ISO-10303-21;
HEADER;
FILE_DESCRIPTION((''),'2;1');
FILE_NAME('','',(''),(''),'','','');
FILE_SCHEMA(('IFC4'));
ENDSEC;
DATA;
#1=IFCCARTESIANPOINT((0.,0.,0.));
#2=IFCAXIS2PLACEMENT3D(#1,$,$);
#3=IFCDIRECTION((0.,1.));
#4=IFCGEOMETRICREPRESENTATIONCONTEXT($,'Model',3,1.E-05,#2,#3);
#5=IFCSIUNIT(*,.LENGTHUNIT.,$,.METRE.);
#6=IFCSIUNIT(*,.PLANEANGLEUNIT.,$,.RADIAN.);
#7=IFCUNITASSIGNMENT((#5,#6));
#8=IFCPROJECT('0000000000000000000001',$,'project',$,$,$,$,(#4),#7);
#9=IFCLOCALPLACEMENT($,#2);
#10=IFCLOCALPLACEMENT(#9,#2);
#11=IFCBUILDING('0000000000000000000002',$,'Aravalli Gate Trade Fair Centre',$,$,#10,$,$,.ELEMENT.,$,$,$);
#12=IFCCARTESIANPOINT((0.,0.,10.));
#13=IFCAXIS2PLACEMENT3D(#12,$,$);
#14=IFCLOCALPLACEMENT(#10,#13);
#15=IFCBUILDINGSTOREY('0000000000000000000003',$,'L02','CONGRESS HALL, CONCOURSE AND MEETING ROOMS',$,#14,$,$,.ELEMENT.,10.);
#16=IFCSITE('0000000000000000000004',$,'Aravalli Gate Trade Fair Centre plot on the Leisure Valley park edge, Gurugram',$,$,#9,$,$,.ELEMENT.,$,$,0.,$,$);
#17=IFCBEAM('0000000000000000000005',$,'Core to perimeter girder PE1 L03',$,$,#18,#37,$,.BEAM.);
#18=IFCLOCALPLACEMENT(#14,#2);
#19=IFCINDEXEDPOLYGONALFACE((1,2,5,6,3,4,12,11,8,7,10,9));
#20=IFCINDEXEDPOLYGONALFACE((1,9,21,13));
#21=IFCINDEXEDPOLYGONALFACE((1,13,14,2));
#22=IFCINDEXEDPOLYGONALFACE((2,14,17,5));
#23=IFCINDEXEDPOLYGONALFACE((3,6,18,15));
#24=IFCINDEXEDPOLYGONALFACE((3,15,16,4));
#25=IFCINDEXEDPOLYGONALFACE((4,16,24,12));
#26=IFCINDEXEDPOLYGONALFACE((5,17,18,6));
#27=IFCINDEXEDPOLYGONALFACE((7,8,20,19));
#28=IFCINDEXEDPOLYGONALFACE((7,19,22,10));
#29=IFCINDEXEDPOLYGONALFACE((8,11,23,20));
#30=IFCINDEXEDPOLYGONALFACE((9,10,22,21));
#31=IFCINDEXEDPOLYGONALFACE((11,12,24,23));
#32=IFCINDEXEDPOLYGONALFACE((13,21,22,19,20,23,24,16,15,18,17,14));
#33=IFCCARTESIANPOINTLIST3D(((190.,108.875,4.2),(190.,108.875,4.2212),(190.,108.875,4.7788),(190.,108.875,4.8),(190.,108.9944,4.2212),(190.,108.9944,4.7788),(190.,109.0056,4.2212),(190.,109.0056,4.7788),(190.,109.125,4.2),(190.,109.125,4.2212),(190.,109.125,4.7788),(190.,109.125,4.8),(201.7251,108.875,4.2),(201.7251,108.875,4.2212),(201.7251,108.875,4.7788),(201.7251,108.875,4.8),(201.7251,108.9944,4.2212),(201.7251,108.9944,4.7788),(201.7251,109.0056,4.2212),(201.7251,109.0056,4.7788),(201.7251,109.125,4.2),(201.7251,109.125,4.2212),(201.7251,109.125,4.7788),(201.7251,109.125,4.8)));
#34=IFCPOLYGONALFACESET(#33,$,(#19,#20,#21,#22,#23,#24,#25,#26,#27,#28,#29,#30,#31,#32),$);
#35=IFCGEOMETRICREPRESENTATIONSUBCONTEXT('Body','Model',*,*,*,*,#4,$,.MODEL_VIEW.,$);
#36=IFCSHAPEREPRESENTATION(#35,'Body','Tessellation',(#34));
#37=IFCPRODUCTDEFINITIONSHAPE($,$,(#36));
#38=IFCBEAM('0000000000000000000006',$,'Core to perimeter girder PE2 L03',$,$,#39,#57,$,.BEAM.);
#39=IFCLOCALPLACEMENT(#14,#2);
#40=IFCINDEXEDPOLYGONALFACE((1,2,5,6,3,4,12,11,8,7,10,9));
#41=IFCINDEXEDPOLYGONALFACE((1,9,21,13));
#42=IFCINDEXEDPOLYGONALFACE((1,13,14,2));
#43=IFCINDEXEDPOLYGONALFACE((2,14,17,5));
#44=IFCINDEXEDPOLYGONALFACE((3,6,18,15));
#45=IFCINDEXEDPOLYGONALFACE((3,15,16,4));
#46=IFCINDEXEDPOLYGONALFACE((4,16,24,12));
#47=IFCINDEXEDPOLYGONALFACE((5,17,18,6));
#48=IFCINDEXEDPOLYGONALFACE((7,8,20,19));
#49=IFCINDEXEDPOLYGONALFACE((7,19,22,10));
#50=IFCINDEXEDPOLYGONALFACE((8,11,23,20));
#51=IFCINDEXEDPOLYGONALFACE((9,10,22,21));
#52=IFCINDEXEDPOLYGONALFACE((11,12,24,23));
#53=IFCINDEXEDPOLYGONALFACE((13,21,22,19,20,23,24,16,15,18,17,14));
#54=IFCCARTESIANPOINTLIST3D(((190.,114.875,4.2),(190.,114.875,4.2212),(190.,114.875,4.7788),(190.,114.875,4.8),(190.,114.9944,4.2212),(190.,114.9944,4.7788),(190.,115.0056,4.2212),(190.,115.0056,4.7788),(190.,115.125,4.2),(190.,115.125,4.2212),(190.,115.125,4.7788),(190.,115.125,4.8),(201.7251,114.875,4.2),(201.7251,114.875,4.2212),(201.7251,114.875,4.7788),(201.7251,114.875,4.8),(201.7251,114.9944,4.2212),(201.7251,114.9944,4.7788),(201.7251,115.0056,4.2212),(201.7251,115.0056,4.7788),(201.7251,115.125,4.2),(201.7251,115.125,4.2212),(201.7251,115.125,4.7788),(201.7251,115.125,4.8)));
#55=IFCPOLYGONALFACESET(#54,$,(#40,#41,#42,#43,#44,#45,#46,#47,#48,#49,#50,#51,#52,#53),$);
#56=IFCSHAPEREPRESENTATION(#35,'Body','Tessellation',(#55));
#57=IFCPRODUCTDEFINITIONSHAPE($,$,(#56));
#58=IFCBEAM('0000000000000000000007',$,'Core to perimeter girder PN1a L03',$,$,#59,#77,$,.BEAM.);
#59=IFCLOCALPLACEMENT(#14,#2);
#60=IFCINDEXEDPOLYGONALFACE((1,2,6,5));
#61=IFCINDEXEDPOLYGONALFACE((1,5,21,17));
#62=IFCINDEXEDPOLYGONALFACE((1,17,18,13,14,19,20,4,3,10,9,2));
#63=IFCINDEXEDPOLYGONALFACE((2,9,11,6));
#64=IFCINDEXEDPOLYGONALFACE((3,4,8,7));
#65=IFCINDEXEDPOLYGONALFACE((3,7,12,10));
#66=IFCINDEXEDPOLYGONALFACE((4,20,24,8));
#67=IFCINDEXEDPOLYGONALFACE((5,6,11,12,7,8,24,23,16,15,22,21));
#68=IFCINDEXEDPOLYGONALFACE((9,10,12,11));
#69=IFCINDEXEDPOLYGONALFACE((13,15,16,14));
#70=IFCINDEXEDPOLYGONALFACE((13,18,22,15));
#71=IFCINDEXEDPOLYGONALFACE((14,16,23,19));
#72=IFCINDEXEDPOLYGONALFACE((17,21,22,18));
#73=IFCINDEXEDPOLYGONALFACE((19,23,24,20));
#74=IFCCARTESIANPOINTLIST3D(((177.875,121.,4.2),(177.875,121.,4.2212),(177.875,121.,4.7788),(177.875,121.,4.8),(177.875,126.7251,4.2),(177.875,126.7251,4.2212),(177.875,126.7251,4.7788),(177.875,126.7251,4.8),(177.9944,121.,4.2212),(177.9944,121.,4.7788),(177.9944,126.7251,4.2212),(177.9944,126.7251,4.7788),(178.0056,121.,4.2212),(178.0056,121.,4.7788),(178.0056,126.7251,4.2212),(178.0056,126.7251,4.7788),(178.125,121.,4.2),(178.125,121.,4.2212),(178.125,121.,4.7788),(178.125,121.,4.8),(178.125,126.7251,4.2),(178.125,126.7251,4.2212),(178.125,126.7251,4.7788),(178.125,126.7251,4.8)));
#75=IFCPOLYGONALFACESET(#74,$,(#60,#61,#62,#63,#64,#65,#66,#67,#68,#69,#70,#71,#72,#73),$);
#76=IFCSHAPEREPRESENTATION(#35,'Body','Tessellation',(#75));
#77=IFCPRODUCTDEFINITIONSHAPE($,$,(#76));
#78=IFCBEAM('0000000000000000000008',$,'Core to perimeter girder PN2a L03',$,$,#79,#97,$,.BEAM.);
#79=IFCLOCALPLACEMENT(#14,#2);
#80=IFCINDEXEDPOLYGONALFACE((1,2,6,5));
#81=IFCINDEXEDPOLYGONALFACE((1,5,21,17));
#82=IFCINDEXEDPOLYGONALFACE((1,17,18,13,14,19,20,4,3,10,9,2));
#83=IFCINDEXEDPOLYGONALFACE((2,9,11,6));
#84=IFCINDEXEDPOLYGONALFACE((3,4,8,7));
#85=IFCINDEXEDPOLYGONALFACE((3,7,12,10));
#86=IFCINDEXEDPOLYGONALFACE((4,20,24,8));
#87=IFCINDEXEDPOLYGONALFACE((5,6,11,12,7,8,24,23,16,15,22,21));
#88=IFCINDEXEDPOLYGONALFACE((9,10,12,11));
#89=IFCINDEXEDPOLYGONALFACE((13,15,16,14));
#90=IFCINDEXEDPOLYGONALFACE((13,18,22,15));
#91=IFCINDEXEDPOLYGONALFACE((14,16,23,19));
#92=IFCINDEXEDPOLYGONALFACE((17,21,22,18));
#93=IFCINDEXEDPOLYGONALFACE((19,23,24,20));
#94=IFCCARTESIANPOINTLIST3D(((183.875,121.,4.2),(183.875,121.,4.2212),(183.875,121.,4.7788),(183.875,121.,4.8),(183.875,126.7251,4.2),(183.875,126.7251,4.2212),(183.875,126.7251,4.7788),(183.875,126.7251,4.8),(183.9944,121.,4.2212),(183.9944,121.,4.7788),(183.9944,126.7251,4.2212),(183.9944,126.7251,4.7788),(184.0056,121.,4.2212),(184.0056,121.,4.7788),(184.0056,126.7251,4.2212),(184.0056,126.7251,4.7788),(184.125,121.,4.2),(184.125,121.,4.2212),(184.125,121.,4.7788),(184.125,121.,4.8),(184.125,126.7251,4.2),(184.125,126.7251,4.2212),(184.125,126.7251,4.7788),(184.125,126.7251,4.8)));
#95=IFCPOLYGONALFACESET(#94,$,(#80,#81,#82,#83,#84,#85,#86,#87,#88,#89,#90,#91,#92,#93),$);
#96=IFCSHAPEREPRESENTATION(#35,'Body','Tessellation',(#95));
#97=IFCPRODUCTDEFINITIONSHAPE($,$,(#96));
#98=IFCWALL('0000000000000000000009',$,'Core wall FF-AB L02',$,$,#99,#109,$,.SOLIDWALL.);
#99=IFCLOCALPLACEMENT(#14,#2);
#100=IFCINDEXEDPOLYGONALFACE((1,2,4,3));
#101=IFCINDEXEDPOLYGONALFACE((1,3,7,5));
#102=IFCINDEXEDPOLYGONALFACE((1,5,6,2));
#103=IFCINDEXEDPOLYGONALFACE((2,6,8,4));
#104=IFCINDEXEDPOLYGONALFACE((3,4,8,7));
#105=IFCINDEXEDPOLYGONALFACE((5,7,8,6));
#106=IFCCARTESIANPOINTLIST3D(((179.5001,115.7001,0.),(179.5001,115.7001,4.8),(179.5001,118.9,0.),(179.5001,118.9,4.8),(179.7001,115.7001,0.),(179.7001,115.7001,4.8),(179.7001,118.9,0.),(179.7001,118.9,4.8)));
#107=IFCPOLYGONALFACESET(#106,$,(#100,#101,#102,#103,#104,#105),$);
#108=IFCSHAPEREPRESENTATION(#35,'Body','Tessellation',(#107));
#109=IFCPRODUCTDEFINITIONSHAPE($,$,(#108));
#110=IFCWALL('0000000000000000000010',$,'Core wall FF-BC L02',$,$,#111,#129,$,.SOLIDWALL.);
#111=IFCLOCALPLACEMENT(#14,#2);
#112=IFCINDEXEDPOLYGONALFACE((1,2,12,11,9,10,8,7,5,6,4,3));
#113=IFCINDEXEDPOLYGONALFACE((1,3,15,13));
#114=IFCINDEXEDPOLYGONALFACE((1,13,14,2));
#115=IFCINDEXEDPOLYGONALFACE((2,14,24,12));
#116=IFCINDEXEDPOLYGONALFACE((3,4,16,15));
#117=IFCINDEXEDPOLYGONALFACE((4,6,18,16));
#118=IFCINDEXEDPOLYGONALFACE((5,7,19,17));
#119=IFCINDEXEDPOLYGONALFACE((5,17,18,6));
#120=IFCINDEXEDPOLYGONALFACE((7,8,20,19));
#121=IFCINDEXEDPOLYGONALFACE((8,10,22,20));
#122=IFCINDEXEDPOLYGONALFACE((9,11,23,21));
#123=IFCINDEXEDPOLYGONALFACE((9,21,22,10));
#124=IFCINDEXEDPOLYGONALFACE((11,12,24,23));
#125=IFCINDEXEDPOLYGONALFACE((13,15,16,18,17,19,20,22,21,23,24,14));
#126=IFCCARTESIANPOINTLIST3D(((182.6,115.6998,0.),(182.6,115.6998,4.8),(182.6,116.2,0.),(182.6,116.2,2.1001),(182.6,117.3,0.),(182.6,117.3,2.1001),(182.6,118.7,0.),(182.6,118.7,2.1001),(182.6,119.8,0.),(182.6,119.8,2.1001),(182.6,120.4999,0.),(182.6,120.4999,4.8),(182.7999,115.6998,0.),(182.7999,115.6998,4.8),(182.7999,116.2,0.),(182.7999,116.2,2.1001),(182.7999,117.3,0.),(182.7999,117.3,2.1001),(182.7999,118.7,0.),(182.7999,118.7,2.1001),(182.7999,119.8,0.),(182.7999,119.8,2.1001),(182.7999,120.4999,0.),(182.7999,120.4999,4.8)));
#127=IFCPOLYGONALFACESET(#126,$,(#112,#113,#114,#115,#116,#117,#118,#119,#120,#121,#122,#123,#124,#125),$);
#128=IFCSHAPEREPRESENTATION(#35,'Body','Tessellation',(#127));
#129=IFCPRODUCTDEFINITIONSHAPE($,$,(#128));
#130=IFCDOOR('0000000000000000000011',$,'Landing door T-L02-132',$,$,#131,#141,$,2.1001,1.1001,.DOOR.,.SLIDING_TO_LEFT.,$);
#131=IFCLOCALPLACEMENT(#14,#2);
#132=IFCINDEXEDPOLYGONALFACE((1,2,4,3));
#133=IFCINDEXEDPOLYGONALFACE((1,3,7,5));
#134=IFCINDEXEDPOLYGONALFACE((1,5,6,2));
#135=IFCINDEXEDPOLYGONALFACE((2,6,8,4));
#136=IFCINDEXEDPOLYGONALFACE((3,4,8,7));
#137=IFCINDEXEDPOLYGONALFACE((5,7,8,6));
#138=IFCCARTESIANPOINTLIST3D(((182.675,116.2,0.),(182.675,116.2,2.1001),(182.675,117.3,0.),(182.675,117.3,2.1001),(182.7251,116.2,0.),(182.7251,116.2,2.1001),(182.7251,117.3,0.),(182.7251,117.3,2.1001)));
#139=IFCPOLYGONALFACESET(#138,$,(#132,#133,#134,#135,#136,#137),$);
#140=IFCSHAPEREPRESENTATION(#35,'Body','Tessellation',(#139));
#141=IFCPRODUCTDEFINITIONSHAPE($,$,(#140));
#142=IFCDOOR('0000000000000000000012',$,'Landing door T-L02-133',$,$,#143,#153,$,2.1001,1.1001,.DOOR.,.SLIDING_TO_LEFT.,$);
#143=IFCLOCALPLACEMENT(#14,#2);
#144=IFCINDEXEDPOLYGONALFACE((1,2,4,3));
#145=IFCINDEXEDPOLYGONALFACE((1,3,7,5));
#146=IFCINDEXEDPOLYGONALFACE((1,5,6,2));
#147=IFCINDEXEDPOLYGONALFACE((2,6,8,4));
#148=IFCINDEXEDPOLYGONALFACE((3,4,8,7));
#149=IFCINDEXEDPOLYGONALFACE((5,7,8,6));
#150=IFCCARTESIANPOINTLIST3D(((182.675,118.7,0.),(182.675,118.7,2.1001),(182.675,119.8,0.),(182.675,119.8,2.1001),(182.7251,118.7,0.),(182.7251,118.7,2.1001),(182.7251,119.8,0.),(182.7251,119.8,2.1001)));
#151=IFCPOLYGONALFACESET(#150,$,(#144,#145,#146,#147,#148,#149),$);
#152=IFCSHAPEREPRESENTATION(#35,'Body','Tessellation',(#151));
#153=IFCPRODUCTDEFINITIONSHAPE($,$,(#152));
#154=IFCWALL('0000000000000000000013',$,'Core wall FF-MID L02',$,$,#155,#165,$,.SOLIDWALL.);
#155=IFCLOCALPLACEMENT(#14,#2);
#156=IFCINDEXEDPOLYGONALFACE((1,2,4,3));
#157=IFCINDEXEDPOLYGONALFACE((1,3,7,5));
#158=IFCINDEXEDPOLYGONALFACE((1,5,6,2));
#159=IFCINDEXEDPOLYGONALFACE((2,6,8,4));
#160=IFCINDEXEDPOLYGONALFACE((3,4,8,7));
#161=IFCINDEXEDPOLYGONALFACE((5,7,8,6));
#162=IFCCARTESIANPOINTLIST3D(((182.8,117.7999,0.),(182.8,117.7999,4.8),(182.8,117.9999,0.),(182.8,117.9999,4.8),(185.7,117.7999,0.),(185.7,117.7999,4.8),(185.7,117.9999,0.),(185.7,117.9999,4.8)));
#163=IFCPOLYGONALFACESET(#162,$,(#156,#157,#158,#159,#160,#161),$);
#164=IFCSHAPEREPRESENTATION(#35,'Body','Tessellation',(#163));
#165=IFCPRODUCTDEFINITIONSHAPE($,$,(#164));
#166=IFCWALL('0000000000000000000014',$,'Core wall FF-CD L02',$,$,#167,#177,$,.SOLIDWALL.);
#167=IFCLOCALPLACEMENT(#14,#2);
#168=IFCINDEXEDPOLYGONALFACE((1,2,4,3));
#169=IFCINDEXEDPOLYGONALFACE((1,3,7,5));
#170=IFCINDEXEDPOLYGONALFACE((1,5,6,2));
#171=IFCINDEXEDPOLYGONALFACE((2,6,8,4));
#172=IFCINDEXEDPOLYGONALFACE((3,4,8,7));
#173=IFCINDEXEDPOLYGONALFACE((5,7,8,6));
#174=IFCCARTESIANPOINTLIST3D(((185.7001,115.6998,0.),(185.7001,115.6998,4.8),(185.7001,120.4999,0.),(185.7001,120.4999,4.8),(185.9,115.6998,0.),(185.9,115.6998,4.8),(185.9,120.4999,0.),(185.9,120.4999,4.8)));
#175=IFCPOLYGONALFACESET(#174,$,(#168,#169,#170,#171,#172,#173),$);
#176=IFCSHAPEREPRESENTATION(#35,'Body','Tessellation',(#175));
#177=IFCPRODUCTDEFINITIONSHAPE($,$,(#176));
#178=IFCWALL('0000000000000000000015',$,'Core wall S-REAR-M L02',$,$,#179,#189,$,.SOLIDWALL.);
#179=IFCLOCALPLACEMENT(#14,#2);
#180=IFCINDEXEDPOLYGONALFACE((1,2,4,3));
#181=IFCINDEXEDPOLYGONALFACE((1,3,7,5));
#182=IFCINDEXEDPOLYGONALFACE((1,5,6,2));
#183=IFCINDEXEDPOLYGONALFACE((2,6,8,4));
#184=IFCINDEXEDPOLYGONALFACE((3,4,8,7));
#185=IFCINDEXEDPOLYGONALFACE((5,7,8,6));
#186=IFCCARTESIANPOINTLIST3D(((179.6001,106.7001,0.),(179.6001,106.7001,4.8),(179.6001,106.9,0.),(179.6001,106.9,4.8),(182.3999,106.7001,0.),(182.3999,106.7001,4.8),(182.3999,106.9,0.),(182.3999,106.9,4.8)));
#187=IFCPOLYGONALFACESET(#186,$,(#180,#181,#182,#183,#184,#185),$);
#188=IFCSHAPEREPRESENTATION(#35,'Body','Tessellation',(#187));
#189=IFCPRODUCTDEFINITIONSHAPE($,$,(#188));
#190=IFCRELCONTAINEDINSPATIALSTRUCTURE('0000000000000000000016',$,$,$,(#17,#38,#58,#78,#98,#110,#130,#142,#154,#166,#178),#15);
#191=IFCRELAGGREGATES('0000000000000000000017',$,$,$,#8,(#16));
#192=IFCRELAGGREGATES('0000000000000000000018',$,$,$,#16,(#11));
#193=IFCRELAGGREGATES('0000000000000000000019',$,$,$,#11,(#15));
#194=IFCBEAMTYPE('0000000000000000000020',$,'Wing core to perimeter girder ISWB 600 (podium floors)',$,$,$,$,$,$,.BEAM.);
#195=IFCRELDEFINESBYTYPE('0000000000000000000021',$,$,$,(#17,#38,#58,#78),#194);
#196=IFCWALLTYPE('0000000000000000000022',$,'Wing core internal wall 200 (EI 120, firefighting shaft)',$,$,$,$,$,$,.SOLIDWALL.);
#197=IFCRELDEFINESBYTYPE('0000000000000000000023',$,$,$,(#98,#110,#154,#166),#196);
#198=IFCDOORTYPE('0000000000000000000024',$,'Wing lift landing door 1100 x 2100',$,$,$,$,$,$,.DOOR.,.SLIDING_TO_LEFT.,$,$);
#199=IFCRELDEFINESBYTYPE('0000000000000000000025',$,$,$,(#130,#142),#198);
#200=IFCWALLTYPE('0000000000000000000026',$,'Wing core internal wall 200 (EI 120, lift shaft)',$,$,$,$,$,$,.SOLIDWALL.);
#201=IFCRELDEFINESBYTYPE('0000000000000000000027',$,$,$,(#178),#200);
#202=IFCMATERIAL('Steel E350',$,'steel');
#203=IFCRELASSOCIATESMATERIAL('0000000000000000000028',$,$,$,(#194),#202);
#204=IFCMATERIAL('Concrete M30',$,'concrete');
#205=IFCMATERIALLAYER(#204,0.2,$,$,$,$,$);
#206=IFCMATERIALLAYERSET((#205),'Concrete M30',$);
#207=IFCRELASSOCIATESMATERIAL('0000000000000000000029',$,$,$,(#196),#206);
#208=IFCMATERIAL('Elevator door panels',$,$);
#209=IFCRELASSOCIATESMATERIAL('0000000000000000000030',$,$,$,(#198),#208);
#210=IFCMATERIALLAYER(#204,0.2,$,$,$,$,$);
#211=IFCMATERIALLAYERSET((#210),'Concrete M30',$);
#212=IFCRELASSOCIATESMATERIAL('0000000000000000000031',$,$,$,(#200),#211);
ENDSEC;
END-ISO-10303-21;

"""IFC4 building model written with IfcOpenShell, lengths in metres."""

from ifc_helpers import new_model, si_unit, direction, frame, frame_2d, origin, origin_2d, place, context, subcontext, project, spatial, rectangle, i_section, extrude, material, layer, layer_set, material_profile, profile_set, type_object, element, fill, save


model = new_model("IFC4")

# Units and contexts
model_context = context("Model", 3, precision=1e-05, world=origin(), true_north=direction((0.0, 1.0)))
body_context = subcontext(model_context, "Body", "Model", "MODEL_VIEW")
ifc_project = project(units=[si_unit("LENGTHUNIT", "METRE"), si_unit("PLANEANGLEUNIT", "RADIAN")], contexts=[model_context])

# Site, building, storey
site_placement = place(None, origin())
site = spatial("IfcSite", under=ifc_project, at=site_placement, Name="Aravalli Gate Trade Fair Centre plot on the Leisure Valley park edge, Gurugram", CompositionType="ELEMENT", RefElevation=0.0)
building_placement = place(site_placement, origin())
building = spatial("IfcBuilding", under=site, at=building_placement, Name="Aravalli Gate Trade Fair Centre", CompositionType="ELEMENT")
storey_placement = place(building_placement, frame((0.0, 0.0, 10.0)))
storey = spatial("IfcBuildingStorey", under=building, at=storey_placement, Name="L02", Description="CONGRESS HALL, CONCOURSE AND MEETING ROOMS", CompositionType="ELEMENT", Elevation=10.0)

# Beams
ifc_material_1 = material(Name="Steel E350", Category="steel")
ifc_material_profile = material_profile(ifc_material_1, i_section(OverallWidth=0.25, OverallDepth=0.6001, WebThickness=0.0112, FlangeThickness=0.0212, at=origin_2d()), Name="ISWB 600")
ifc_profile_set = profile_set([ifc_material_profile], Name="Steel E350")
beam_type = type_object("IfcBeamType", Name="Wing core to perimeter girder ISWB 600 (podium floors)", PredefinedType="BEAM", material=ifc_profile_set)
for number, where, z_axis, x_axis, name in (
    (1, (190.0, 109.0, 4.5), (1.0, 0.0, 0.0), (0.0, 1.0, 0.0), "Core to perimeter girder PE1 L03"),
    (2, (190.0, 115.0, 4.5), (1.0, 0.0, 0.0), (0.0, 1.0, 0.0), "Core to perimeter girder PE2 L03"),
):
    element("IfcBeam", number, at=place(storey_placement, frame(where, z_axis=z_axis, x_axis=x_axis)), inside=storey, type_object=beam_type, Name=name, PredefinedType="BEAM", context=body_context, shape_type="SweptSolid", body=[
        extrude(i_section(OverallWidth=0.25, OverallDepth=0.6001, WebThickness=0.0112, FlangeThickness=0.0212, at=origin_2d()), origin(), (0.0, 0.0, 1.0), 11.7251),
    ])
for number, where, z_axis, x_axis, name in (
    (3, (178.0, 121.0, 4.5), (0.0, 1.0, 0.0), (-1.0, 0.0, 0.0), "Core to perimeter girder PN1a L03"),
    (4, (184.0, 121.0, 4.5), (0.0, 1.0, 0.0), (-1.0, 0.0, 0.0), "Core to perimeter girder PN2a L03"),
):
    element("IfcBeam", number, at=place(storey_placement, frame(where, z_axis=z_axis, x_axis=x_axis)), inside=storey, type_object=beam_type, Name=name, PredefinedType="BEAM", context=body_context, shape_type="SweptSolid", body=[
        extrude(i_section(OverallWidth=0.25, OverallDepth=0.6001, WebThickness=0.0112, FlangeThickness=0.0212, at=origin_2d()), origin(), (0.0, 0.0, 1.0), 5.7251),
    ])

# Wall
ifc_material_2 = material(Name="Concrete M30", Category="concrete")
ifc_layer_1 = layer(ifc_material_2, 0.2)
ifc_layer_set_1 = layer_set([ifc_layer_1], Name="Concrete M30")
wall_type_1 = type_object("IfcWallType", Name="Wing core internal wall 200 (EI 120, firefighting shaft)", PredefinedType="SOLIDWALL", material=ifc_layer_set_1)
wall_1_placement = place(storey_placement, frame((179.6001, 115.7, 0.0), z_axis=(0.0, 0.0, 1.0), x_axis=(0.0, 1.0, 0.0)))
element("IfcWall", 5, at=wall_1_placement, inside=storey, type_object=wall_type_1, Name="Core wall FF-AB L02", PredefinedType="SOLIDWALL", context=body_context, shape_type="SweptSolid", body=[
    extrude(rectangle(XDim=3.2, YDim=0.2, at=frame_2d((1.6001, 0.0))), origin(), (0.0, 0.0, 1.0), 4.8),
])

# Wall, openings, doors
wall_2_placement = place(storey_placement, frame((182.7, 115.7, 0.0), z_axis=(0.0, 0.0, 1.0), x_axis=(0.0, 1.0, 0.0)))
wall_2 = element("IfcWall", 6, at=wall_2_placement, inside=storey, type_object=wall_type_1, Name="Core wall FF-BC L02", PredefinedType="SOLIDWALL", context=body_context, shape_type="SweptSolid", body=[
    extrude(rectangle(XDim=4.8, YDim=0.2, at=frame_2d((2.3999, 0.0))), origin(), (0.0, 0.0, 1.0), 4.8),
])
opening_1_placement = place(wall_2_placement, frame((0.5, 0.0, 0.0)))
opening_1 = element("IfcOpeningElement", 7, at=opening_1_placement, cuts=wall_2, PredefinedType="OPENING", context=body_context, shape_type="SweptSolid", body=[
    extrude(rectangle(XDim=1.1001, YDim=2.1001, at=frame_2d((0.55, 1.05))), frame((0.0, 0.1099, 0.0), z_axis=(0.0, -1.0, 0.0), x_axis=(1.0, 0.0, 0.0)), (0.0, 0.0, 1.0), 0.22),
])
opening_2_placement = place(wall_2_placement, frame((3.0, 0.0, 0.0)))
opening_2 = element("IfcOpeningElement", 8, at=opening_2_placement, cuts=wall_2, PredefinedType="OPENING", context=body_context, shape_type="SweptSolid", body=[
    extrude(rectangle(XDim=1.1001, YDim=2.1001, at=frame_2d((0.55, 1.05))), frame((0.0, 0.1099, 0.0), z_axis=(0.0, -1.0, 0.0), x_axis=(1.0, 0.0, 0.0)), (0.0, 0.0, 1.0), 0.22),
])
ifc_material_3 = material(Name="Elevator door panels")
door_type_1 = type_object("IfcDoorType", Name="Wing lift landing door 1100 x 2100", OperationType="SLIDING_TO_LEFT", PredefinedType="DOOR", material=ifc_material_3)
door_1_placement = place(opening_1_placement, origin())
door_1 = element("IfcDoor", 9, at=door_1_placement, inside=storey, type_object=door_type_1, Name="Landing door T-L02-132", OperationType="SLIDING_TO_LEFT", OverallHeight=2.1001, OverallWidth=1.1001, PredefinedType="DOOR", context=body_context, shape_type="SweptSolid", body=[
    extrude(rectangle(XDim=1.1001, YDim=2.1001, at=frame_2d((0.55, 1.05))), frame((0.0, 0.0249, 0.0), z_axis=(0.0, -1.0, 0.0), x_axis=(1.0, 0.0, 0.0)), (0.0, 0.0, 1.0), 0.05),
])
fill(opening_1, door_1)
door_2_placement = place(opening_2_placement, origin())
door_2 = element("IfcDoor", 10, at=door_2_placement, inside=storey, type_object=door_type_1, Name="Landing door T-L02-133", OperationType="SLIDING_TO_LEFT", OverallHeight=2.1001, OverallWidth=1.1001, PredefinedType="DOOR", context=body_context, shape_type="SweptSolid", body=[
    extrude(rectangle(XDim=1.1001, YDim=2.1001, at=frame_2d((0.55, 1.05))), frame((0.0, 0.0249, 0.0), z_axis=(0.0, -1.0, 0.0), x_axis=(1.0, 0.0, 0.0)), (0.0, 0.0, 1.0), 0.05),
])
fill(opening_2, door_2)

# Walls
wall_3_placement = place(storey_placement, frame((182.8, 117.8999, 0.0), z_axis=(0.0, 0.0, 1.0), x_axis=(1.0, 0.0, 0.0)))
element("IfcWall", 11, at=wall_3_placement, inside=storey, type_object=wall_type_1, Name="Core wall FF-MID L02", PredefinedType="SOLIDWALL", context=body_context, shape_type="SweptSolid", body=[
    extrude(rectangle(XDim=2.8999, YDim=0.2, at=frame_2d((1.45, 0.0))), origin(), (0.0, 0.0, 1.0), 4.8),
])
wall_4_placement = place(storey_placement, frame((185.8, 115.7, 0.0), z_axis=(0.0, 0.0, 1.0), x_axis=(0.0, 1.0, 0.0)))
element("IfcWall", 12, at=wall_4_placement, inside=storey, type_object=wall_type_1, Name="Core wall FF-CD L02", PredefinedType="SOLIDWALL", context=body_context, shape_type="SweptSolid", body=[
    extrude(rectangle(XDim=4.8, YDim=0.2, at=frame_2d((2.3999, 0.0))), origin(), (0.0, 0.0, 1.0), 4.8),
])
ifc_layer_2 = layer(ifc_material_2, 0.2)
ifc_layer_set_2 = layer_set([ifc_layer_2], Name="Concrete M30")
wall_type_2 = type_object("IfcWallType", Name="Wing core internal wall 200 (EI 120, lift shaft)", PredefinedType="SOLIDWALL", material=ifc_layer_set_2)
wall_5_placement = place(storey_placement, frame((179.6001, 106.8, 0.0), z_axis=(0.0, 0.0, 1.0), x_axis=(1.0, 0.0, 0.0)))
element("IfcWall", 13, at=wall_5_placement, inside=storey, type_object=wall_type_2, Name="Core wall S-REAR-M L02", PredefinedType="SOLIDWALL", context=body_context, shape_type="SweptSolid", body=[
    extrude(rectangle(XDim=2.7998, YDim=0.2, at=frame_2d((1.3999, 0.0))), origin(), (0.0, 0.0, 1.0), 4.8),
])

save(model, "model.ifc")
